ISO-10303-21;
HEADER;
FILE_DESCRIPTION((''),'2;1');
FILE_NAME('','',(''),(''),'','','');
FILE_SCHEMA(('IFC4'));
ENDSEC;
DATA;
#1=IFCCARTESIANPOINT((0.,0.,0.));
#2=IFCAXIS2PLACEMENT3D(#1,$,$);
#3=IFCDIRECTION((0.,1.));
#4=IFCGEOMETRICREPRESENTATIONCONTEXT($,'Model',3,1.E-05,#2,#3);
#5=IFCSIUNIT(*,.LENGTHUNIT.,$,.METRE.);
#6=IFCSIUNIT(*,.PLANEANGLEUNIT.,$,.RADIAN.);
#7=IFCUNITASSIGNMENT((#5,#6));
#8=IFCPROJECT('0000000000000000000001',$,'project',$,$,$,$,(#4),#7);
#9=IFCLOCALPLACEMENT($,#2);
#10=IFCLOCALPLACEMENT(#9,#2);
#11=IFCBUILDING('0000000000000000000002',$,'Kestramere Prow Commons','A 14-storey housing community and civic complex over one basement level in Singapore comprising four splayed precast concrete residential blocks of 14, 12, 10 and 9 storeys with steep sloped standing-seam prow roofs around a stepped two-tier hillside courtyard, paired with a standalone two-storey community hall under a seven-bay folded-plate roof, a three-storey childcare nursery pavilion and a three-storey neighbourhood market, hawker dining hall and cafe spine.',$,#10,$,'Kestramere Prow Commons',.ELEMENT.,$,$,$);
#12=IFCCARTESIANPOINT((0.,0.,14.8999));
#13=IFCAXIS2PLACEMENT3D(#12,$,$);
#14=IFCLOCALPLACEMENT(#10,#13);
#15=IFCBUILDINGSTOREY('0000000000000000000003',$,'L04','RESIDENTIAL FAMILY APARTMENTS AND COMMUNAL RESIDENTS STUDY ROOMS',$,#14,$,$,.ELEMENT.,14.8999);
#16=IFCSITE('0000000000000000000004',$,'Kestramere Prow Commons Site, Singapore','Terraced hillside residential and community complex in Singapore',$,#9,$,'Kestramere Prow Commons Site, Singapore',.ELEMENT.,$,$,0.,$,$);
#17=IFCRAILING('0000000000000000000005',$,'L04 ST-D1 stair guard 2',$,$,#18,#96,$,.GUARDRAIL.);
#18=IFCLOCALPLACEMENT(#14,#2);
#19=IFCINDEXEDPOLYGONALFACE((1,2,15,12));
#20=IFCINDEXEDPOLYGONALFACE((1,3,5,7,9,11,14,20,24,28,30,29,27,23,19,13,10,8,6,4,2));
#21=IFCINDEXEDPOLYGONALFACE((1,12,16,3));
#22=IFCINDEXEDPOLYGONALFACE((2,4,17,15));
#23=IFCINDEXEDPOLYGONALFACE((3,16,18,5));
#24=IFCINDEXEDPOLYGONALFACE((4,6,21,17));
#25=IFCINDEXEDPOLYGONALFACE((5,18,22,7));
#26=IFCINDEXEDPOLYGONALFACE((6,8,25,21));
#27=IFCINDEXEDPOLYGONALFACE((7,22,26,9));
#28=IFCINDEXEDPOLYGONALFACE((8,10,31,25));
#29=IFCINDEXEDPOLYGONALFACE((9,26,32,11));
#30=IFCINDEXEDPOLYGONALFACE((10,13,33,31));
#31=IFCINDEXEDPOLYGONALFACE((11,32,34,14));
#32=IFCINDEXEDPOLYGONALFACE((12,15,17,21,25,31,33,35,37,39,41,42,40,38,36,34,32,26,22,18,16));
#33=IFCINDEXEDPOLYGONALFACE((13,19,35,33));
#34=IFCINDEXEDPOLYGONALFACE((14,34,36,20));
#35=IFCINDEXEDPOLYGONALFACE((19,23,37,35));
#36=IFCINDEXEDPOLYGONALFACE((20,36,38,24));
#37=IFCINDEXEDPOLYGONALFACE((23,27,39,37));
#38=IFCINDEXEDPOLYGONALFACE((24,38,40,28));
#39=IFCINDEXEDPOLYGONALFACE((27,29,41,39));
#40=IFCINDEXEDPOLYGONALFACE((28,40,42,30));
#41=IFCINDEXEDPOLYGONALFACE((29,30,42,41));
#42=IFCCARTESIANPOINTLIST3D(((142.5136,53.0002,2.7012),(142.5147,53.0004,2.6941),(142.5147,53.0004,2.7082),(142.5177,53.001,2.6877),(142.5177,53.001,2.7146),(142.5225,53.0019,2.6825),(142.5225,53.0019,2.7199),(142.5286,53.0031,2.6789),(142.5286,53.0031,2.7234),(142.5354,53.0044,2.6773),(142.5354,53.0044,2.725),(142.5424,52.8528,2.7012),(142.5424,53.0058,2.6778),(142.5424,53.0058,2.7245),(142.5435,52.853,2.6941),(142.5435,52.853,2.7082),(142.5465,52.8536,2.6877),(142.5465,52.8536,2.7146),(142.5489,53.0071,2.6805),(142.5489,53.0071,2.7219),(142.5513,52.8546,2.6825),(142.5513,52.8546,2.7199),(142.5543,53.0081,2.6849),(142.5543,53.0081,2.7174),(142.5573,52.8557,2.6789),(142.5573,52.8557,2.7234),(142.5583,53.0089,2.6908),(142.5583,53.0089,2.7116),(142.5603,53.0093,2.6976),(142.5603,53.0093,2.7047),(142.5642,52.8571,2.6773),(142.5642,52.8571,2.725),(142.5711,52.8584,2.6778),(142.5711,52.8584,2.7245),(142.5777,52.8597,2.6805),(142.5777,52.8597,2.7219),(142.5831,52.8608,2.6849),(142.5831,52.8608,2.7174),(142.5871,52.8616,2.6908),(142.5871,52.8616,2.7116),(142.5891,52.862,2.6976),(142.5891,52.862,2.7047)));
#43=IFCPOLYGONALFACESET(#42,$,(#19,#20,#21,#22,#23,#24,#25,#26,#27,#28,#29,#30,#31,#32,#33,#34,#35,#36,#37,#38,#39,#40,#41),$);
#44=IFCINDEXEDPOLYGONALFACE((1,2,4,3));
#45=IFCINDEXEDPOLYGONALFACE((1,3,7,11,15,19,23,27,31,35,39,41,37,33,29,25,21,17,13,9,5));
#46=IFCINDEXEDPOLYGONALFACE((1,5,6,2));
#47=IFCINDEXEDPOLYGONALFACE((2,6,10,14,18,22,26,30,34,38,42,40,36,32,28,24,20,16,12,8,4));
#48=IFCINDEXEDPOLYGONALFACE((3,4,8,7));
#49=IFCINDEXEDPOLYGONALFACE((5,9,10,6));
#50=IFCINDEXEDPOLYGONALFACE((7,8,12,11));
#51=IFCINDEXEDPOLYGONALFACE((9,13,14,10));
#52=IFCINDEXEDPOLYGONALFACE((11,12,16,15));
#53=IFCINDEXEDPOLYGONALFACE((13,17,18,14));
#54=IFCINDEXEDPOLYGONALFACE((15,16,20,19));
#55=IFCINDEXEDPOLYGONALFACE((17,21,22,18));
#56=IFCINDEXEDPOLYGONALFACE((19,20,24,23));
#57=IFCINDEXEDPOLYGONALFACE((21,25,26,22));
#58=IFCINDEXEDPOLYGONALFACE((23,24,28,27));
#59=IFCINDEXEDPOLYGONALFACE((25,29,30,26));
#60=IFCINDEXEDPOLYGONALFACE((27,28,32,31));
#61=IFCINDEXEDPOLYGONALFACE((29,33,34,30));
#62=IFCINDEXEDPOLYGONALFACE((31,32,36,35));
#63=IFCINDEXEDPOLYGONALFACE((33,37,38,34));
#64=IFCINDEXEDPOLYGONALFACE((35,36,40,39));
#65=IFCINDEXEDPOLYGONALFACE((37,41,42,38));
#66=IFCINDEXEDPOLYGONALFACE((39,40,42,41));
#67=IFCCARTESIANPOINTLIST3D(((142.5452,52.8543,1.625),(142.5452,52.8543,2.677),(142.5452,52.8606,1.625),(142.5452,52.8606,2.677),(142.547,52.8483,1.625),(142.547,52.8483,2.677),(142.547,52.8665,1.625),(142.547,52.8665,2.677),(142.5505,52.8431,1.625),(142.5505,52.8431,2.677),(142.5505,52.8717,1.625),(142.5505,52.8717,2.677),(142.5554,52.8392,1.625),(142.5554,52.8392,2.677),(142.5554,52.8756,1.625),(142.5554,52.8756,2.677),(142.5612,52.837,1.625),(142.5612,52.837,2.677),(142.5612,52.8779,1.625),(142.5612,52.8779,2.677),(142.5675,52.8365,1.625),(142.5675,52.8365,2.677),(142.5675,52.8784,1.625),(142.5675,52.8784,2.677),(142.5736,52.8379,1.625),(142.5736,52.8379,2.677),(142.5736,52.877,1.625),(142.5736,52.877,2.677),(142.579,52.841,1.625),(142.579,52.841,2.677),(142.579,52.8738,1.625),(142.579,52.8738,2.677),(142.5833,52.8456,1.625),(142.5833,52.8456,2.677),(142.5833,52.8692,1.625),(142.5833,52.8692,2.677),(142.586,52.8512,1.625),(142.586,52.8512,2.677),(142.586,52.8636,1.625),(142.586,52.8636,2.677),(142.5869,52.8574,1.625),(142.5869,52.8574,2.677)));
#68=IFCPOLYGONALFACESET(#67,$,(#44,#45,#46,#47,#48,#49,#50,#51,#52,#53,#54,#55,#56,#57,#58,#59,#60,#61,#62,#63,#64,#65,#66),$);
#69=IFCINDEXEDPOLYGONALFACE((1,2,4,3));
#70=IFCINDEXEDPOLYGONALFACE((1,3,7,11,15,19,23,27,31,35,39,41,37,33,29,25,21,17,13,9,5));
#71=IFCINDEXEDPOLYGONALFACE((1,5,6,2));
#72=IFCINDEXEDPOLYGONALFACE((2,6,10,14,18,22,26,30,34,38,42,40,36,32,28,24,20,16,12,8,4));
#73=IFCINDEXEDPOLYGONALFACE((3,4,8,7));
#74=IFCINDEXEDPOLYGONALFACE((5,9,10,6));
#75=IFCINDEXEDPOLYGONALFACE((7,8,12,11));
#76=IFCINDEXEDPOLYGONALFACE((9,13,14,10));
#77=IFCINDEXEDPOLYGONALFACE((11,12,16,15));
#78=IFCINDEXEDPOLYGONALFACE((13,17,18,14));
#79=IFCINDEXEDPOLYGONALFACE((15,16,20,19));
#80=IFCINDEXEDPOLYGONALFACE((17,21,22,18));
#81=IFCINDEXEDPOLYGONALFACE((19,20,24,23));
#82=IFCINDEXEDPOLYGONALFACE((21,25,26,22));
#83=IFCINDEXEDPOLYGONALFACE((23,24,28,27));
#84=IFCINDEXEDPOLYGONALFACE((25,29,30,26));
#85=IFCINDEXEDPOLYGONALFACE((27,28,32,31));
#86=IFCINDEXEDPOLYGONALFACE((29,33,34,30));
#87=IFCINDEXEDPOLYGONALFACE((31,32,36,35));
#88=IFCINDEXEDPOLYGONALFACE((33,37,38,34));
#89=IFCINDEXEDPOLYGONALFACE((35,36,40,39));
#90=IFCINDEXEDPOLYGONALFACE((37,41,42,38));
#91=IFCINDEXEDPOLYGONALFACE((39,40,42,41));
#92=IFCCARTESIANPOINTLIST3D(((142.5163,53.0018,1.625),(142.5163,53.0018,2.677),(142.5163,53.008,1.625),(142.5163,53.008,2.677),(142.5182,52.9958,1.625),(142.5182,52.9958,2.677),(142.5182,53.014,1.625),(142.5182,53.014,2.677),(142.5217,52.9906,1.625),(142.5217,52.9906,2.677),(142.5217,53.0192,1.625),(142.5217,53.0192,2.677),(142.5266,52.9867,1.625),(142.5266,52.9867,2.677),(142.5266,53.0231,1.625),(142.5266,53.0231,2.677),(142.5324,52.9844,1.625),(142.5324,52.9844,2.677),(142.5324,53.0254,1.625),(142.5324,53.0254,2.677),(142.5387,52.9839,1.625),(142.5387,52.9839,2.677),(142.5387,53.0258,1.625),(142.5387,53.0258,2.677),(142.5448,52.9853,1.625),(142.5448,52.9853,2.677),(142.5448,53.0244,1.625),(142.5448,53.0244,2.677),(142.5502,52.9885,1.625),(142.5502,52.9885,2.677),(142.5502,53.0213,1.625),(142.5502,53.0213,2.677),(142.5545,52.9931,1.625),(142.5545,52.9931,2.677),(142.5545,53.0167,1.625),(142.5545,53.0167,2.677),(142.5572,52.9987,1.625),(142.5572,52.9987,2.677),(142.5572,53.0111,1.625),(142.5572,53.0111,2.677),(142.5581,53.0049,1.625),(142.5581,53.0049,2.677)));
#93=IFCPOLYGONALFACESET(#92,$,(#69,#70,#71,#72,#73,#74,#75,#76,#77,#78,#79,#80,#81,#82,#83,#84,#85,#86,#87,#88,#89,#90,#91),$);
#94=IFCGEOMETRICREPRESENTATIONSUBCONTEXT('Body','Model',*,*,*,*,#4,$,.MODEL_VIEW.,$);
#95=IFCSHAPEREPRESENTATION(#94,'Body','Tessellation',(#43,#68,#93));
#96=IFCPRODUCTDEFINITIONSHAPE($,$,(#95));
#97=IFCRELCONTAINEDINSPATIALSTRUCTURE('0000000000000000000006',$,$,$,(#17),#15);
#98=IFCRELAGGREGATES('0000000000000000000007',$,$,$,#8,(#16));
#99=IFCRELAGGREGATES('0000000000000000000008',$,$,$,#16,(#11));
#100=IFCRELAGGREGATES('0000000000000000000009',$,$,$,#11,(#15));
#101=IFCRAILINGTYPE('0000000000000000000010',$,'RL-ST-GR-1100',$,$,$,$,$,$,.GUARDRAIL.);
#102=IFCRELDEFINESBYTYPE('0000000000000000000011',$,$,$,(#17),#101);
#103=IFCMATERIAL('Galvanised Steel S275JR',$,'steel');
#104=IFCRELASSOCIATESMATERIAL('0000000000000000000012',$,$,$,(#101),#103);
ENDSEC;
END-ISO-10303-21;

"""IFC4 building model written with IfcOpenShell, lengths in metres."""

from ifc_helpers import new_model, si_unit, direction, frame, origin, origin_2d, place, context, subcontext, project, spatial, circle, extrude, material, type_object, element, save


model = new_model("IFC4")

# Units and contexts
model_context = context("Model", 3, precision=1e-05, world=origin(), true_north=direction((0.0, 1.0)))
body_context = subcontext(model_context, "Body", "Model", "MODEL_VIEW")
ifc_project = project(units=[si_unit("LENGTHUNIT", "METRE"), si_unit("PLANEANGLEUNIT", "RADIAN")], contexts=[model_context])

# Site, building, storey
site_placement = place(None, origin())
site = spatial("IfcSite", under=ifc_project, at=site_placement, Name="Kestramere Prow Commons Site, Singapore", Description="Terraced hillside residential and community complex in Singapore", LongName="Kestramere Prow Commons Site, Singapore", CompositionType="ELEMENT", RefElevation=0.0)
building_placement = place(site_placement, origin())
building = spatial("IfcBuilding", under=site, at=building_placement, Name="Kestramere Prow Commons", Description="A 14-storey housing community and civic complex over one basement level in Singapore comprising four splayed precast concrete residential blocks of 14, 12, 10 and 9 storeys with steep sloped standing-seam prow roofs around a stepped two-tier hillside courtyard, paired with a standalone two-storey community hall under a seven-bay folded-plate roof, a three-storey childcare nursery pavilion and a three-storey neighbourhood market, hawker dining hall and cafe spine.", LongName="Kestramere Prow Commons", CompositionType="ELEMENT")
storey_placement = place(building_placement, frame((0.0, 0.0, 14.8999)))
storey = spatial("IfcBuildingStorey", under=building, at=storey_placement, Name="L04", Description="RESIDENTIAL FAMILY APARTMENTS AND COMMUNAL RESIDENTS STUDY ROOMS", CompositionType="ELEMENT", Elevation=14.8999)

# Railing
ifc_material_1 = material(Name="Galvanised Steel S275JR", Category="steel")
railing_type_1 = type_object("IfcRailingType", Name="RL-ST-GR-1100", PredefinedType="GUARDRAIL", material=ifc_material_1)
railing_1_placement = place(storey_placement, frame((142.5659, 52.8574, 1.625)))
element("IfcRailing", 1, at=railing_1_placement, inside=storey, type_object=railing_type_1, Name="L04 ST-D1 stair guard 2", PredefinedType="GUARDRAIL", context=body_context, shape_type="SweptSolid", body=[
    extrude(circle(Radius=0.0239, at=origin_2d()), frame((0.0, 0.0, 1.0762), z_axis=(-0.191739, 0.981446, 0.0), x_axis=(-0.981446, -0.191739, 0.0)), (0.0, 0.0, 1.0), 0.1501),
    extrude(circle(Radius=0.021, at=origin_2d()), origin(), (0.0, 0.0, 1.0), 1.052),
    extrude(circle(Radius=0.021, at=origin_2d()), frame((-0.0288, 0.1475, 0.0)), (0.0, 0.0, 1.0), 1.052),
])

save(model, "model.ifc")
